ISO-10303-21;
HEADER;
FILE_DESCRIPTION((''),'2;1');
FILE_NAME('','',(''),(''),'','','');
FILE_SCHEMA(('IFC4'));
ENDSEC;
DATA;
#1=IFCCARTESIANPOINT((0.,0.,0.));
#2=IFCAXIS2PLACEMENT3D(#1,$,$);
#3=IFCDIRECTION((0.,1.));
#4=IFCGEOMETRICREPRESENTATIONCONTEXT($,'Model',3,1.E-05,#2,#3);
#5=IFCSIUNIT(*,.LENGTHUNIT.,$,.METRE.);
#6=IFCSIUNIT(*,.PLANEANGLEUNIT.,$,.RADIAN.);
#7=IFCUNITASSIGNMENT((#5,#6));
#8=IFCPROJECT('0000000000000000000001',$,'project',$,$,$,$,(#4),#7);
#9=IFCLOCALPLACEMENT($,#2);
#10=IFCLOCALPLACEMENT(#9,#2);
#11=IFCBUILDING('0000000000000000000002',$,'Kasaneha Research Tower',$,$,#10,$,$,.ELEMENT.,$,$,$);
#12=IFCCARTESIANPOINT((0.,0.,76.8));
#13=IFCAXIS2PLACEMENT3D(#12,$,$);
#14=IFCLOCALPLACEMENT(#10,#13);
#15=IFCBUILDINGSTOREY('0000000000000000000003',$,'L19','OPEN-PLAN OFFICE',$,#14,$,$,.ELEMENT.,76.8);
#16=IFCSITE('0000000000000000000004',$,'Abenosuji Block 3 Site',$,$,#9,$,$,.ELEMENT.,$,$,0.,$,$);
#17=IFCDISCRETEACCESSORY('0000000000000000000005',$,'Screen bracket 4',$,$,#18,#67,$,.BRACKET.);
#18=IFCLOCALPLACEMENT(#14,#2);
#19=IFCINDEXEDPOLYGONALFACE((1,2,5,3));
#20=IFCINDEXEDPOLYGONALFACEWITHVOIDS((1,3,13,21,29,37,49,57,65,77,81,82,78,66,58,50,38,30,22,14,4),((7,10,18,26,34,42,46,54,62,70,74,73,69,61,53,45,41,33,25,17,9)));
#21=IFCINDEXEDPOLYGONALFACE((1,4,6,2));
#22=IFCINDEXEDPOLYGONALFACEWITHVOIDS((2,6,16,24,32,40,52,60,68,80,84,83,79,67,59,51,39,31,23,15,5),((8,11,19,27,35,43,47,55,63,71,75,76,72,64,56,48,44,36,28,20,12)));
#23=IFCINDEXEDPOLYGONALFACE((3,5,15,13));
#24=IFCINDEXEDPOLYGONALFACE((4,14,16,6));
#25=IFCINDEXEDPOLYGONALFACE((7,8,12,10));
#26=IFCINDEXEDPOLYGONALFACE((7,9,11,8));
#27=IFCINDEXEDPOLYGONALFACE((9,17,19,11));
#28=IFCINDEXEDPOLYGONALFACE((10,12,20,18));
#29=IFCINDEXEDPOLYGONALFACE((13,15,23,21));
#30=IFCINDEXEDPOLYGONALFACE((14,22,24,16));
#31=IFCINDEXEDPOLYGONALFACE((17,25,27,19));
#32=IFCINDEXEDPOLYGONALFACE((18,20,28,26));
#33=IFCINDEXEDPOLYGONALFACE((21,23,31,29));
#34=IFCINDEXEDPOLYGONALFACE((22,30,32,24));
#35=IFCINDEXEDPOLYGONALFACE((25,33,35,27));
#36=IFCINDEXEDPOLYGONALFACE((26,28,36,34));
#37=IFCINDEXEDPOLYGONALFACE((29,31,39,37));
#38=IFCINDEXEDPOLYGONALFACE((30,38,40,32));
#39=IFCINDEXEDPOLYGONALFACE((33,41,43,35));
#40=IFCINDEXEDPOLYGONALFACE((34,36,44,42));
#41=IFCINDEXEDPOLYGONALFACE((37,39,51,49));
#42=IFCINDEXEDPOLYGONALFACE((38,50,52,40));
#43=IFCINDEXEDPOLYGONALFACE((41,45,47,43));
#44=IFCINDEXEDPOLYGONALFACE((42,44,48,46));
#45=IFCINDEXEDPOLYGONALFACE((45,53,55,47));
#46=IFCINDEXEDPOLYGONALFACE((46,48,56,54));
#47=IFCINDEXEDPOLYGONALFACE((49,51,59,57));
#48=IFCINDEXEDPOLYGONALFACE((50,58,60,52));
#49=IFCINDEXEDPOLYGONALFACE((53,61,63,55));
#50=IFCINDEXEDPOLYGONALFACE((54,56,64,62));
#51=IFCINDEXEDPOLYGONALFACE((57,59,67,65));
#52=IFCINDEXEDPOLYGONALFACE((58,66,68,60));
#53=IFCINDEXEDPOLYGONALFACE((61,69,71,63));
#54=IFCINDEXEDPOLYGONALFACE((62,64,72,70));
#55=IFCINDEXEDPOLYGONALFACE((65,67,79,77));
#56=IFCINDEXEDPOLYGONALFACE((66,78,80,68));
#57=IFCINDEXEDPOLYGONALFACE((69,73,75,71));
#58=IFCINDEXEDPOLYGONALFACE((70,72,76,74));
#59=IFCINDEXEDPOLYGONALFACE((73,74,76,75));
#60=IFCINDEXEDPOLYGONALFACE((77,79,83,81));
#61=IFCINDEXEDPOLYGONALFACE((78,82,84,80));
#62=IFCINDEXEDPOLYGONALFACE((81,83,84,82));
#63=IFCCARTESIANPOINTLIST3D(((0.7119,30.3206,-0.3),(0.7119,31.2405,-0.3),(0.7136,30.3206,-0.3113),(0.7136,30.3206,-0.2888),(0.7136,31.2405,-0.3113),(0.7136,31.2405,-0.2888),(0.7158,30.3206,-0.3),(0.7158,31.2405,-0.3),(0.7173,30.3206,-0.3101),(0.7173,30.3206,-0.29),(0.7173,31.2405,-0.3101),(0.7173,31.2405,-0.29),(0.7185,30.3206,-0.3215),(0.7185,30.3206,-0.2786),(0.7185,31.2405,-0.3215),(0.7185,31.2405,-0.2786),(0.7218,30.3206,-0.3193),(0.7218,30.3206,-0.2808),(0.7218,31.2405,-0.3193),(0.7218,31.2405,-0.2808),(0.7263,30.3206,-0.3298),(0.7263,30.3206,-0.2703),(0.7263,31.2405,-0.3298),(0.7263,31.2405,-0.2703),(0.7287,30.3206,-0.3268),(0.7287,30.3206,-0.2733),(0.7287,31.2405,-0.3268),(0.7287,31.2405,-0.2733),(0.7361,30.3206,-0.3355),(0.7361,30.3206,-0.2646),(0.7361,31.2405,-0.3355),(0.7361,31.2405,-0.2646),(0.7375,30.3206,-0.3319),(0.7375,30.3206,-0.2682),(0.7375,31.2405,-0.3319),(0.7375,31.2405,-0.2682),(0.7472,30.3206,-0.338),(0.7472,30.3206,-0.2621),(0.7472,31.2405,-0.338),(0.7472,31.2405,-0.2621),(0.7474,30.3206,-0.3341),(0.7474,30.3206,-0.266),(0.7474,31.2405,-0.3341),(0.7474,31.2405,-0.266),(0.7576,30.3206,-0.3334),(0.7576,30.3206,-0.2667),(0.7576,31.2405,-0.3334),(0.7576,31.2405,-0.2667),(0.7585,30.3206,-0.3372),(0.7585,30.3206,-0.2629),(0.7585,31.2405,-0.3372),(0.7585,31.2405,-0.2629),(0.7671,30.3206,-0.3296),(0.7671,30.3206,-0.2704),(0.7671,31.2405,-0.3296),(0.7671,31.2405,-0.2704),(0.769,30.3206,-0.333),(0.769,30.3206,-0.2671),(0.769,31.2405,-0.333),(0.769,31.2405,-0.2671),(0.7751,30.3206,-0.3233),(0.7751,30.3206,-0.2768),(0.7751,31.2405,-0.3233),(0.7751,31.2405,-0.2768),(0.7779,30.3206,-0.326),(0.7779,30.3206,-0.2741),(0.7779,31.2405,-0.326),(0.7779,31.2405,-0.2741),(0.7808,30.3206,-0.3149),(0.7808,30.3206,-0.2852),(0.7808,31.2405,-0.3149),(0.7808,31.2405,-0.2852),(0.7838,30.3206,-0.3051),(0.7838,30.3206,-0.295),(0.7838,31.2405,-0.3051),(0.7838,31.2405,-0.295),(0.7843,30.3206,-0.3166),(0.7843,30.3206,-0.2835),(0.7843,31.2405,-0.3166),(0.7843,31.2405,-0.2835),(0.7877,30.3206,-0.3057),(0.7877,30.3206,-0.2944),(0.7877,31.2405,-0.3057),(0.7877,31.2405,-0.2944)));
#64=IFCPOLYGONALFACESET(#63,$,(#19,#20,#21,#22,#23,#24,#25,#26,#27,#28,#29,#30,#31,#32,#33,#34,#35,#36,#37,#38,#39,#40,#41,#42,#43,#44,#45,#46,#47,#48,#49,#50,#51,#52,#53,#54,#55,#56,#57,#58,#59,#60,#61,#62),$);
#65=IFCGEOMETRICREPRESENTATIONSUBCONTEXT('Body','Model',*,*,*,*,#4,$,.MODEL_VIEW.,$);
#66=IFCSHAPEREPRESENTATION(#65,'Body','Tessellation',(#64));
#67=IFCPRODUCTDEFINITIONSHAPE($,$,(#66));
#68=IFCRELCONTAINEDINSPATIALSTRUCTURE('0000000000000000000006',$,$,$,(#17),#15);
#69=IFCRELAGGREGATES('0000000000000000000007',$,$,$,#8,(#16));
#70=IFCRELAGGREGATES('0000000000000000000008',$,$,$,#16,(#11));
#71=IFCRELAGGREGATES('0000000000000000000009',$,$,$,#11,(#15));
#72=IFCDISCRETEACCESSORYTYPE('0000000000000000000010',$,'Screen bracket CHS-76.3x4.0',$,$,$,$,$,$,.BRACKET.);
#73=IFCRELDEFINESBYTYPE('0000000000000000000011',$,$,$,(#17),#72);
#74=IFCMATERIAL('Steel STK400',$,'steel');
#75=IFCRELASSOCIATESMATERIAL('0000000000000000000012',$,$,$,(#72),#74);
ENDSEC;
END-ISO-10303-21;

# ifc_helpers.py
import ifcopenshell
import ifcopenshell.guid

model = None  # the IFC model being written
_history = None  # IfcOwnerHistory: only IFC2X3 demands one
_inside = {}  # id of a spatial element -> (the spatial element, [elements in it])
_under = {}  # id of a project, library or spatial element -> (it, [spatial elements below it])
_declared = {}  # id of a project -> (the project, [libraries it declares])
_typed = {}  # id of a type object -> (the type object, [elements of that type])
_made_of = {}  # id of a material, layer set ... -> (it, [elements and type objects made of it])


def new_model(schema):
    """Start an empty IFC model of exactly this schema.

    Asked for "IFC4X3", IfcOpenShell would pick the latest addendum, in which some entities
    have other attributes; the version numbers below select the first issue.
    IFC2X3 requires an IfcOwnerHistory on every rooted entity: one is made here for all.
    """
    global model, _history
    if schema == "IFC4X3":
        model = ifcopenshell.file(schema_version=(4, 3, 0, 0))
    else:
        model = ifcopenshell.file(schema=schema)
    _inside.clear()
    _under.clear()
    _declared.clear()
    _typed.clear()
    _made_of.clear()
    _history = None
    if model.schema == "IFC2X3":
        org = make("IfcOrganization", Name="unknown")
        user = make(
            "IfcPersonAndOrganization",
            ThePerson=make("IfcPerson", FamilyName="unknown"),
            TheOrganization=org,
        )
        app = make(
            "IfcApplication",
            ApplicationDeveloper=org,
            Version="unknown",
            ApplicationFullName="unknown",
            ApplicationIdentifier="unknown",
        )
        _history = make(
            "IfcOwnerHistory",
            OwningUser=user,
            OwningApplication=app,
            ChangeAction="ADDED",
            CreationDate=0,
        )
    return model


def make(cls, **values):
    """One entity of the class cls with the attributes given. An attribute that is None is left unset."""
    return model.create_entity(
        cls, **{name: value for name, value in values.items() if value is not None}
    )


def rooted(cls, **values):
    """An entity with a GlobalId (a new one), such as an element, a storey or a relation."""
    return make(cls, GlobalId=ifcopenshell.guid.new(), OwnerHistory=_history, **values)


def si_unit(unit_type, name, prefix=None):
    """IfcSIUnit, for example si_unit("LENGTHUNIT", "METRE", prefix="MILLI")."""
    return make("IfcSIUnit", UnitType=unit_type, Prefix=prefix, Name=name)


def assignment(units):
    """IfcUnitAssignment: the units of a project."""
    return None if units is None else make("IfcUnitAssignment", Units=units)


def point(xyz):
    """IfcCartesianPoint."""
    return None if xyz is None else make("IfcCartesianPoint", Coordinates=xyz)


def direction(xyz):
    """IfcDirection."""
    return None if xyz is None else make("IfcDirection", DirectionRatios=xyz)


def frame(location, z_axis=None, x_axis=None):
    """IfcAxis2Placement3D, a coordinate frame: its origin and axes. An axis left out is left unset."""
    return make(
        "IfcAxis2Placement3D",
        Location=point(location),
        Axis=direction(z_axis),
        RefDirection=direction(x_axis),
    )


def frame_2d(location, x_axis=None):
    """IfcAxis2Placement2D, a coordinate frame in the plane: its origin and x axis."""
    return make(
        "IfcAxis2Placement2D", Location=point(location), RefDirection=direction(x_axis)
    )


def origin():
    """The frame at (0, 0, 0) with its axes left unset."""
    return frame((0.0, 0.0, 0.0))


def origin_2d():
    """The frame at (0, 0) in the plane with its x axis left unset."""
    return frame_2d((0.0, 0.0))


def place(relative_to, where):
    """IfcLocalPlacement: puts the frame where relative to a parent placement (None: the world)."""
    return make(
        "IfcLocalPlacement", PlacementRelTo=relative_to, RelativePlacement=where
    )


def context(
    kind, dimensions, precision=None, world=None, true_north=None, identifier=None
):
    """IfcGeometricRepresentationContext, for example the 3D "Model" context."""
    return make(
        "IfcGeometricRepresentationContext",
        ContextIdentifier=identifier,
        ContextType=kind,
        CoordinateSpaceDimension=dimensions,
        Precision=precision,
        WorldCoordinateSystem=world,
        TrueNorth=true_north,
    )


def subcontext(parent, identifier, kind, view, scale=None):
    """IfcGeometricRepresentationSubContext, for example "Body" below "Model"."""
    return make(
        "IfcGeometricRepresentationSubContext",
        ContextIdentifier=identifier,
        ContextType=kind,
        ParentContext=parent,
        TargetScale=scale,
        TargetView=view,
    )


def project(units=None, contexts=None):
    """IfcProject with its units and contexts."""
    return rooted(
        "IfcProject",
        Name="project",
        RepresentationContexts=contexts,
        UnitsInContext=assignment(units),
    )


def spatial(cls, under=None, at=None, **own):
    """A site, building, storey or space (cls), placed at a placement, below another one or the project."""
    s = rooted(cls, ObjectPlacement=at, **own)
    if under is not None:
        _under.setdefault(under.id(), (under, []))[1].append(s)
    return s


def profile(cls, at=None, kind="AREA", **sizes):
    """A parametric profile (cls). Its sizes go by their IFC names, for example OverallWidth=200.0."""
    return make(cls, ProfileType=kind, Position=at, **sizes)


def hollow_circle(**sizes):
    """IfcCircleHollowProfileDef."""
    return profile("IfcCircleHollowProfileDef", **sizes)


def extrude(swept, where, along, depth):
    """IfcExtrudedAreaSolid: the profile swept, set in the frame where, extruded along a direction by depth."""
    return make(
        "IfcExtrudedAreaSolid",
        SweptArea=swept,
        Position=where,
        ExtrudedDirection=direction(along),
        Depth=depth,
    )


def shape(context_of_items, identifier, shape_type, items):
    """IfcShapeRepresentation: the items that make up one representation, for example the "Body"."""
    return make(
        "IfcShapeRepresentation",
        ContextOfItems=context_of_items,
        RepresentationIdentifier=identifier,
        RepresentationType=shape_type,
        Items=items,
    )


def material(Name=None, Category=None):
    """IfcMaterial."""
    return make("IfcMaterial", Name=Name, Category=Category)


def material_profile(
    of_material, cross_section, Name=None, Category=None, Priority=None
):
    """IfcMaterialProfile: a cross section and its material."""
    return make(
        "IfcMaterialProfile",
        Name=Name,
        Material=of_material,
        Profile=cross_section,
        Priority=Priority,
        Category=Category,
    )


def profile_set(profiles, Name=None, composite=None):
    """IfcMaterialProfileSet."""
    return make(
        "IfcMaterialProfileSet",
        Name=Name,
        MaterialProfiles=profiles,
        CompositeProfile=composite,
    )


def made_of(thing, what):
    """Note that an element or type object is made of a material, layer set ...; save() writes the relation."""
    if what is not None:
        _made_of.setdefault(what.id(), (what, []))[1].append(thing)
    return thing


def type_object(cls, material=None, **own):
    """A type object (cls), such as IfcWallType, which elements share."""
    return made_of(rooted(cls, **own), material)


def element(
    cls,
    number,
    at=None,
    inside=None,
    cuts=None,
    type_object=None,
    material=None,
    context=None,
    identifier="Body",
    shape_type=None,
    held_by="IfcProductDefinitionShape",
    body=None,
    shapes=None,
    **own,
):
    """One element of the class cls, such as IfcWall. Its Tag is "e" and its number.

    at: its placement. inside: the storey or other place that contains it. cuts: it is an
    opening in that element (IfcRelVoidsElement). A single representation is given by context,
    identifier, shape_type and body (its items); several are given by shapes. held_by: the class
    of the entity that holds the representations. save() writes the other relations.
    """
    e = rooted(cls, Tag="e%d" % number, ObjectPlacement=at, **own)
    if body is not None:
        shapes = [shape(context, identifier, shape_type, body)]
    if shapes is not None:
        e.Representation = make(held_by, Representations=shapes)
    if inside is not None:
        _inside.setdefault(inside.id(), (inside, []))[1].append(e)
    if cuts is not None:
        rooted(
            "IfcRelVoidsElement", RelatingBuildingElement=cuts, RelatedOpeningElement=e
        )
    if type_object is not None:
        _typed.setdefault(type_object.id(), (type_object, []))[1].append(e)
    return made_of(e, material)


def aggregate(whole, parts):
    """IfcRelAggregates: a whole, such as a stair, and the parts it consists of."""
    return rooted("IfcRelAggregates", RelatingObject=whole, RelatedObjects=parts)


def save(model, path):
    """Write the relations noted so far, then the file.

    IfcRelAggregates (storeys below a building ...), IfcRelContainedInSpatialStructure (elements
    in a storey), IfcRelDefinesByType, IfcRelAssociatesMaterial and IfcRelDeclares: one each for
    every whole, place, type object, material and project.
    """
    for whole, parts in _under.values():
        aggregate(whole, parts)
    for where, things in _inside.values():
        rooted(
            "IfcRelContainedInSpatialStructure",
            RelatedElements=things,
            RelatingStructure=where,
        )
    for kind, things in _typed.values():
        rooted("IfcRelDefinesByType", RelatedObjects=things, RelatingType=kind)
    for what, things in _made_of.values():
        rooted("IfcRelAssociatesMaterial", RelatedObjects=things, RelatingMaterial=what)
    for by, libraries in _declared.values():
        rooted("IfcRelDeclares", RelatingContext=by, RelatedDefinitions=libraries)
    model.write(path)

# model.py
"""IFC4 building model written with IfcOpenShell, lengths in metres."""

from ifc_helpers import new_model, si_unit, direction, frame, origin, origin_2d, place, context, subcontext, project, spatial, hollow_circle, extrude, material, material_profile, profile_set, type_object, element, save


model = new_model("IFC4")

# Units and contexts
model_context = context("Model", 3, precision=1e-05, world=origin(), true_north=direction((0.0, 1.0)))
body_context = subcontext(model_context, "Body", "Model", "MODEL_VIEW")
ifc_project = project(units=[si_unit("LENGTHUNIT", "METRE"), si_unit("PLANEANGLEUNIT", "RADIAN")], contexts=[model_context])

# Site, building, storey
site_placement = place(None, origin())
site = spatial("IfcSite", under=ifc_project, at=site_placement, Name="Abenosuji Block 3 Site", CompositionType="ELEMENT", RefElevation=0.0)
building_placement = place(site_placement, origin())
building = spatial("IfcBuilding", under=site, at=building_placement, Name="Kasaneha Research Tower", CompositionType="ELEMENT")
storey_placement = place(building_placement, frame((0.0, 0.0, 76.8)))
storey = spatial("IfcBuildingStorey", under=building, at=storey_placement, Name="L19", Description="OPEN-PLAN OFFICE", CompositionType="ELEMENT", Elevation=76.8)

# Discrete accessory
ifc_material_1 = material(Name="Steel STK400", Category="steel")
ifc_material_profile_1 = material_profile(ifc_material_1, hollow_circle(Radius=0.0381, WallThickness=0.0039, at=origin_2d()), Name="CHS-76.3x4.0")
ifc_profile_set_1 = profile_set([ifc_material_profile_1], Name="Steel STK400")
discrete_accessory_type = type_object("IfcDiscreteAccessoryType", Name="Screen bracket CHS-76.3x4.0", PredefinedType="BRACKET", material=ifc_profile_set_1)
for number, where, z_axis, x_axis, name in (
    (1, (0.75, 30.3206, -0.3), (0.0, 1.0, 0.0), (-1.0, 0.0, 0.0), "Screen bracket 4"),
):
    element("IfcDiscreteAccessory", number, at=place(storey_placement, frame(where, z_axis=z_axis, x_axis=x_axis)), inside=storey, type_object=discrete_accessory_type, Name=name, PredefinedType="BRACKET", context=body_context, shape_type="SweptSolid", body=[
        extrude(hollow_circle(Radius=0.0381, WallThickness=0.0039, at=origin_2d()), origin(), (0.0, 0.0, 1.0), 0.9199),
    ])

save(model, "model.ifc")
